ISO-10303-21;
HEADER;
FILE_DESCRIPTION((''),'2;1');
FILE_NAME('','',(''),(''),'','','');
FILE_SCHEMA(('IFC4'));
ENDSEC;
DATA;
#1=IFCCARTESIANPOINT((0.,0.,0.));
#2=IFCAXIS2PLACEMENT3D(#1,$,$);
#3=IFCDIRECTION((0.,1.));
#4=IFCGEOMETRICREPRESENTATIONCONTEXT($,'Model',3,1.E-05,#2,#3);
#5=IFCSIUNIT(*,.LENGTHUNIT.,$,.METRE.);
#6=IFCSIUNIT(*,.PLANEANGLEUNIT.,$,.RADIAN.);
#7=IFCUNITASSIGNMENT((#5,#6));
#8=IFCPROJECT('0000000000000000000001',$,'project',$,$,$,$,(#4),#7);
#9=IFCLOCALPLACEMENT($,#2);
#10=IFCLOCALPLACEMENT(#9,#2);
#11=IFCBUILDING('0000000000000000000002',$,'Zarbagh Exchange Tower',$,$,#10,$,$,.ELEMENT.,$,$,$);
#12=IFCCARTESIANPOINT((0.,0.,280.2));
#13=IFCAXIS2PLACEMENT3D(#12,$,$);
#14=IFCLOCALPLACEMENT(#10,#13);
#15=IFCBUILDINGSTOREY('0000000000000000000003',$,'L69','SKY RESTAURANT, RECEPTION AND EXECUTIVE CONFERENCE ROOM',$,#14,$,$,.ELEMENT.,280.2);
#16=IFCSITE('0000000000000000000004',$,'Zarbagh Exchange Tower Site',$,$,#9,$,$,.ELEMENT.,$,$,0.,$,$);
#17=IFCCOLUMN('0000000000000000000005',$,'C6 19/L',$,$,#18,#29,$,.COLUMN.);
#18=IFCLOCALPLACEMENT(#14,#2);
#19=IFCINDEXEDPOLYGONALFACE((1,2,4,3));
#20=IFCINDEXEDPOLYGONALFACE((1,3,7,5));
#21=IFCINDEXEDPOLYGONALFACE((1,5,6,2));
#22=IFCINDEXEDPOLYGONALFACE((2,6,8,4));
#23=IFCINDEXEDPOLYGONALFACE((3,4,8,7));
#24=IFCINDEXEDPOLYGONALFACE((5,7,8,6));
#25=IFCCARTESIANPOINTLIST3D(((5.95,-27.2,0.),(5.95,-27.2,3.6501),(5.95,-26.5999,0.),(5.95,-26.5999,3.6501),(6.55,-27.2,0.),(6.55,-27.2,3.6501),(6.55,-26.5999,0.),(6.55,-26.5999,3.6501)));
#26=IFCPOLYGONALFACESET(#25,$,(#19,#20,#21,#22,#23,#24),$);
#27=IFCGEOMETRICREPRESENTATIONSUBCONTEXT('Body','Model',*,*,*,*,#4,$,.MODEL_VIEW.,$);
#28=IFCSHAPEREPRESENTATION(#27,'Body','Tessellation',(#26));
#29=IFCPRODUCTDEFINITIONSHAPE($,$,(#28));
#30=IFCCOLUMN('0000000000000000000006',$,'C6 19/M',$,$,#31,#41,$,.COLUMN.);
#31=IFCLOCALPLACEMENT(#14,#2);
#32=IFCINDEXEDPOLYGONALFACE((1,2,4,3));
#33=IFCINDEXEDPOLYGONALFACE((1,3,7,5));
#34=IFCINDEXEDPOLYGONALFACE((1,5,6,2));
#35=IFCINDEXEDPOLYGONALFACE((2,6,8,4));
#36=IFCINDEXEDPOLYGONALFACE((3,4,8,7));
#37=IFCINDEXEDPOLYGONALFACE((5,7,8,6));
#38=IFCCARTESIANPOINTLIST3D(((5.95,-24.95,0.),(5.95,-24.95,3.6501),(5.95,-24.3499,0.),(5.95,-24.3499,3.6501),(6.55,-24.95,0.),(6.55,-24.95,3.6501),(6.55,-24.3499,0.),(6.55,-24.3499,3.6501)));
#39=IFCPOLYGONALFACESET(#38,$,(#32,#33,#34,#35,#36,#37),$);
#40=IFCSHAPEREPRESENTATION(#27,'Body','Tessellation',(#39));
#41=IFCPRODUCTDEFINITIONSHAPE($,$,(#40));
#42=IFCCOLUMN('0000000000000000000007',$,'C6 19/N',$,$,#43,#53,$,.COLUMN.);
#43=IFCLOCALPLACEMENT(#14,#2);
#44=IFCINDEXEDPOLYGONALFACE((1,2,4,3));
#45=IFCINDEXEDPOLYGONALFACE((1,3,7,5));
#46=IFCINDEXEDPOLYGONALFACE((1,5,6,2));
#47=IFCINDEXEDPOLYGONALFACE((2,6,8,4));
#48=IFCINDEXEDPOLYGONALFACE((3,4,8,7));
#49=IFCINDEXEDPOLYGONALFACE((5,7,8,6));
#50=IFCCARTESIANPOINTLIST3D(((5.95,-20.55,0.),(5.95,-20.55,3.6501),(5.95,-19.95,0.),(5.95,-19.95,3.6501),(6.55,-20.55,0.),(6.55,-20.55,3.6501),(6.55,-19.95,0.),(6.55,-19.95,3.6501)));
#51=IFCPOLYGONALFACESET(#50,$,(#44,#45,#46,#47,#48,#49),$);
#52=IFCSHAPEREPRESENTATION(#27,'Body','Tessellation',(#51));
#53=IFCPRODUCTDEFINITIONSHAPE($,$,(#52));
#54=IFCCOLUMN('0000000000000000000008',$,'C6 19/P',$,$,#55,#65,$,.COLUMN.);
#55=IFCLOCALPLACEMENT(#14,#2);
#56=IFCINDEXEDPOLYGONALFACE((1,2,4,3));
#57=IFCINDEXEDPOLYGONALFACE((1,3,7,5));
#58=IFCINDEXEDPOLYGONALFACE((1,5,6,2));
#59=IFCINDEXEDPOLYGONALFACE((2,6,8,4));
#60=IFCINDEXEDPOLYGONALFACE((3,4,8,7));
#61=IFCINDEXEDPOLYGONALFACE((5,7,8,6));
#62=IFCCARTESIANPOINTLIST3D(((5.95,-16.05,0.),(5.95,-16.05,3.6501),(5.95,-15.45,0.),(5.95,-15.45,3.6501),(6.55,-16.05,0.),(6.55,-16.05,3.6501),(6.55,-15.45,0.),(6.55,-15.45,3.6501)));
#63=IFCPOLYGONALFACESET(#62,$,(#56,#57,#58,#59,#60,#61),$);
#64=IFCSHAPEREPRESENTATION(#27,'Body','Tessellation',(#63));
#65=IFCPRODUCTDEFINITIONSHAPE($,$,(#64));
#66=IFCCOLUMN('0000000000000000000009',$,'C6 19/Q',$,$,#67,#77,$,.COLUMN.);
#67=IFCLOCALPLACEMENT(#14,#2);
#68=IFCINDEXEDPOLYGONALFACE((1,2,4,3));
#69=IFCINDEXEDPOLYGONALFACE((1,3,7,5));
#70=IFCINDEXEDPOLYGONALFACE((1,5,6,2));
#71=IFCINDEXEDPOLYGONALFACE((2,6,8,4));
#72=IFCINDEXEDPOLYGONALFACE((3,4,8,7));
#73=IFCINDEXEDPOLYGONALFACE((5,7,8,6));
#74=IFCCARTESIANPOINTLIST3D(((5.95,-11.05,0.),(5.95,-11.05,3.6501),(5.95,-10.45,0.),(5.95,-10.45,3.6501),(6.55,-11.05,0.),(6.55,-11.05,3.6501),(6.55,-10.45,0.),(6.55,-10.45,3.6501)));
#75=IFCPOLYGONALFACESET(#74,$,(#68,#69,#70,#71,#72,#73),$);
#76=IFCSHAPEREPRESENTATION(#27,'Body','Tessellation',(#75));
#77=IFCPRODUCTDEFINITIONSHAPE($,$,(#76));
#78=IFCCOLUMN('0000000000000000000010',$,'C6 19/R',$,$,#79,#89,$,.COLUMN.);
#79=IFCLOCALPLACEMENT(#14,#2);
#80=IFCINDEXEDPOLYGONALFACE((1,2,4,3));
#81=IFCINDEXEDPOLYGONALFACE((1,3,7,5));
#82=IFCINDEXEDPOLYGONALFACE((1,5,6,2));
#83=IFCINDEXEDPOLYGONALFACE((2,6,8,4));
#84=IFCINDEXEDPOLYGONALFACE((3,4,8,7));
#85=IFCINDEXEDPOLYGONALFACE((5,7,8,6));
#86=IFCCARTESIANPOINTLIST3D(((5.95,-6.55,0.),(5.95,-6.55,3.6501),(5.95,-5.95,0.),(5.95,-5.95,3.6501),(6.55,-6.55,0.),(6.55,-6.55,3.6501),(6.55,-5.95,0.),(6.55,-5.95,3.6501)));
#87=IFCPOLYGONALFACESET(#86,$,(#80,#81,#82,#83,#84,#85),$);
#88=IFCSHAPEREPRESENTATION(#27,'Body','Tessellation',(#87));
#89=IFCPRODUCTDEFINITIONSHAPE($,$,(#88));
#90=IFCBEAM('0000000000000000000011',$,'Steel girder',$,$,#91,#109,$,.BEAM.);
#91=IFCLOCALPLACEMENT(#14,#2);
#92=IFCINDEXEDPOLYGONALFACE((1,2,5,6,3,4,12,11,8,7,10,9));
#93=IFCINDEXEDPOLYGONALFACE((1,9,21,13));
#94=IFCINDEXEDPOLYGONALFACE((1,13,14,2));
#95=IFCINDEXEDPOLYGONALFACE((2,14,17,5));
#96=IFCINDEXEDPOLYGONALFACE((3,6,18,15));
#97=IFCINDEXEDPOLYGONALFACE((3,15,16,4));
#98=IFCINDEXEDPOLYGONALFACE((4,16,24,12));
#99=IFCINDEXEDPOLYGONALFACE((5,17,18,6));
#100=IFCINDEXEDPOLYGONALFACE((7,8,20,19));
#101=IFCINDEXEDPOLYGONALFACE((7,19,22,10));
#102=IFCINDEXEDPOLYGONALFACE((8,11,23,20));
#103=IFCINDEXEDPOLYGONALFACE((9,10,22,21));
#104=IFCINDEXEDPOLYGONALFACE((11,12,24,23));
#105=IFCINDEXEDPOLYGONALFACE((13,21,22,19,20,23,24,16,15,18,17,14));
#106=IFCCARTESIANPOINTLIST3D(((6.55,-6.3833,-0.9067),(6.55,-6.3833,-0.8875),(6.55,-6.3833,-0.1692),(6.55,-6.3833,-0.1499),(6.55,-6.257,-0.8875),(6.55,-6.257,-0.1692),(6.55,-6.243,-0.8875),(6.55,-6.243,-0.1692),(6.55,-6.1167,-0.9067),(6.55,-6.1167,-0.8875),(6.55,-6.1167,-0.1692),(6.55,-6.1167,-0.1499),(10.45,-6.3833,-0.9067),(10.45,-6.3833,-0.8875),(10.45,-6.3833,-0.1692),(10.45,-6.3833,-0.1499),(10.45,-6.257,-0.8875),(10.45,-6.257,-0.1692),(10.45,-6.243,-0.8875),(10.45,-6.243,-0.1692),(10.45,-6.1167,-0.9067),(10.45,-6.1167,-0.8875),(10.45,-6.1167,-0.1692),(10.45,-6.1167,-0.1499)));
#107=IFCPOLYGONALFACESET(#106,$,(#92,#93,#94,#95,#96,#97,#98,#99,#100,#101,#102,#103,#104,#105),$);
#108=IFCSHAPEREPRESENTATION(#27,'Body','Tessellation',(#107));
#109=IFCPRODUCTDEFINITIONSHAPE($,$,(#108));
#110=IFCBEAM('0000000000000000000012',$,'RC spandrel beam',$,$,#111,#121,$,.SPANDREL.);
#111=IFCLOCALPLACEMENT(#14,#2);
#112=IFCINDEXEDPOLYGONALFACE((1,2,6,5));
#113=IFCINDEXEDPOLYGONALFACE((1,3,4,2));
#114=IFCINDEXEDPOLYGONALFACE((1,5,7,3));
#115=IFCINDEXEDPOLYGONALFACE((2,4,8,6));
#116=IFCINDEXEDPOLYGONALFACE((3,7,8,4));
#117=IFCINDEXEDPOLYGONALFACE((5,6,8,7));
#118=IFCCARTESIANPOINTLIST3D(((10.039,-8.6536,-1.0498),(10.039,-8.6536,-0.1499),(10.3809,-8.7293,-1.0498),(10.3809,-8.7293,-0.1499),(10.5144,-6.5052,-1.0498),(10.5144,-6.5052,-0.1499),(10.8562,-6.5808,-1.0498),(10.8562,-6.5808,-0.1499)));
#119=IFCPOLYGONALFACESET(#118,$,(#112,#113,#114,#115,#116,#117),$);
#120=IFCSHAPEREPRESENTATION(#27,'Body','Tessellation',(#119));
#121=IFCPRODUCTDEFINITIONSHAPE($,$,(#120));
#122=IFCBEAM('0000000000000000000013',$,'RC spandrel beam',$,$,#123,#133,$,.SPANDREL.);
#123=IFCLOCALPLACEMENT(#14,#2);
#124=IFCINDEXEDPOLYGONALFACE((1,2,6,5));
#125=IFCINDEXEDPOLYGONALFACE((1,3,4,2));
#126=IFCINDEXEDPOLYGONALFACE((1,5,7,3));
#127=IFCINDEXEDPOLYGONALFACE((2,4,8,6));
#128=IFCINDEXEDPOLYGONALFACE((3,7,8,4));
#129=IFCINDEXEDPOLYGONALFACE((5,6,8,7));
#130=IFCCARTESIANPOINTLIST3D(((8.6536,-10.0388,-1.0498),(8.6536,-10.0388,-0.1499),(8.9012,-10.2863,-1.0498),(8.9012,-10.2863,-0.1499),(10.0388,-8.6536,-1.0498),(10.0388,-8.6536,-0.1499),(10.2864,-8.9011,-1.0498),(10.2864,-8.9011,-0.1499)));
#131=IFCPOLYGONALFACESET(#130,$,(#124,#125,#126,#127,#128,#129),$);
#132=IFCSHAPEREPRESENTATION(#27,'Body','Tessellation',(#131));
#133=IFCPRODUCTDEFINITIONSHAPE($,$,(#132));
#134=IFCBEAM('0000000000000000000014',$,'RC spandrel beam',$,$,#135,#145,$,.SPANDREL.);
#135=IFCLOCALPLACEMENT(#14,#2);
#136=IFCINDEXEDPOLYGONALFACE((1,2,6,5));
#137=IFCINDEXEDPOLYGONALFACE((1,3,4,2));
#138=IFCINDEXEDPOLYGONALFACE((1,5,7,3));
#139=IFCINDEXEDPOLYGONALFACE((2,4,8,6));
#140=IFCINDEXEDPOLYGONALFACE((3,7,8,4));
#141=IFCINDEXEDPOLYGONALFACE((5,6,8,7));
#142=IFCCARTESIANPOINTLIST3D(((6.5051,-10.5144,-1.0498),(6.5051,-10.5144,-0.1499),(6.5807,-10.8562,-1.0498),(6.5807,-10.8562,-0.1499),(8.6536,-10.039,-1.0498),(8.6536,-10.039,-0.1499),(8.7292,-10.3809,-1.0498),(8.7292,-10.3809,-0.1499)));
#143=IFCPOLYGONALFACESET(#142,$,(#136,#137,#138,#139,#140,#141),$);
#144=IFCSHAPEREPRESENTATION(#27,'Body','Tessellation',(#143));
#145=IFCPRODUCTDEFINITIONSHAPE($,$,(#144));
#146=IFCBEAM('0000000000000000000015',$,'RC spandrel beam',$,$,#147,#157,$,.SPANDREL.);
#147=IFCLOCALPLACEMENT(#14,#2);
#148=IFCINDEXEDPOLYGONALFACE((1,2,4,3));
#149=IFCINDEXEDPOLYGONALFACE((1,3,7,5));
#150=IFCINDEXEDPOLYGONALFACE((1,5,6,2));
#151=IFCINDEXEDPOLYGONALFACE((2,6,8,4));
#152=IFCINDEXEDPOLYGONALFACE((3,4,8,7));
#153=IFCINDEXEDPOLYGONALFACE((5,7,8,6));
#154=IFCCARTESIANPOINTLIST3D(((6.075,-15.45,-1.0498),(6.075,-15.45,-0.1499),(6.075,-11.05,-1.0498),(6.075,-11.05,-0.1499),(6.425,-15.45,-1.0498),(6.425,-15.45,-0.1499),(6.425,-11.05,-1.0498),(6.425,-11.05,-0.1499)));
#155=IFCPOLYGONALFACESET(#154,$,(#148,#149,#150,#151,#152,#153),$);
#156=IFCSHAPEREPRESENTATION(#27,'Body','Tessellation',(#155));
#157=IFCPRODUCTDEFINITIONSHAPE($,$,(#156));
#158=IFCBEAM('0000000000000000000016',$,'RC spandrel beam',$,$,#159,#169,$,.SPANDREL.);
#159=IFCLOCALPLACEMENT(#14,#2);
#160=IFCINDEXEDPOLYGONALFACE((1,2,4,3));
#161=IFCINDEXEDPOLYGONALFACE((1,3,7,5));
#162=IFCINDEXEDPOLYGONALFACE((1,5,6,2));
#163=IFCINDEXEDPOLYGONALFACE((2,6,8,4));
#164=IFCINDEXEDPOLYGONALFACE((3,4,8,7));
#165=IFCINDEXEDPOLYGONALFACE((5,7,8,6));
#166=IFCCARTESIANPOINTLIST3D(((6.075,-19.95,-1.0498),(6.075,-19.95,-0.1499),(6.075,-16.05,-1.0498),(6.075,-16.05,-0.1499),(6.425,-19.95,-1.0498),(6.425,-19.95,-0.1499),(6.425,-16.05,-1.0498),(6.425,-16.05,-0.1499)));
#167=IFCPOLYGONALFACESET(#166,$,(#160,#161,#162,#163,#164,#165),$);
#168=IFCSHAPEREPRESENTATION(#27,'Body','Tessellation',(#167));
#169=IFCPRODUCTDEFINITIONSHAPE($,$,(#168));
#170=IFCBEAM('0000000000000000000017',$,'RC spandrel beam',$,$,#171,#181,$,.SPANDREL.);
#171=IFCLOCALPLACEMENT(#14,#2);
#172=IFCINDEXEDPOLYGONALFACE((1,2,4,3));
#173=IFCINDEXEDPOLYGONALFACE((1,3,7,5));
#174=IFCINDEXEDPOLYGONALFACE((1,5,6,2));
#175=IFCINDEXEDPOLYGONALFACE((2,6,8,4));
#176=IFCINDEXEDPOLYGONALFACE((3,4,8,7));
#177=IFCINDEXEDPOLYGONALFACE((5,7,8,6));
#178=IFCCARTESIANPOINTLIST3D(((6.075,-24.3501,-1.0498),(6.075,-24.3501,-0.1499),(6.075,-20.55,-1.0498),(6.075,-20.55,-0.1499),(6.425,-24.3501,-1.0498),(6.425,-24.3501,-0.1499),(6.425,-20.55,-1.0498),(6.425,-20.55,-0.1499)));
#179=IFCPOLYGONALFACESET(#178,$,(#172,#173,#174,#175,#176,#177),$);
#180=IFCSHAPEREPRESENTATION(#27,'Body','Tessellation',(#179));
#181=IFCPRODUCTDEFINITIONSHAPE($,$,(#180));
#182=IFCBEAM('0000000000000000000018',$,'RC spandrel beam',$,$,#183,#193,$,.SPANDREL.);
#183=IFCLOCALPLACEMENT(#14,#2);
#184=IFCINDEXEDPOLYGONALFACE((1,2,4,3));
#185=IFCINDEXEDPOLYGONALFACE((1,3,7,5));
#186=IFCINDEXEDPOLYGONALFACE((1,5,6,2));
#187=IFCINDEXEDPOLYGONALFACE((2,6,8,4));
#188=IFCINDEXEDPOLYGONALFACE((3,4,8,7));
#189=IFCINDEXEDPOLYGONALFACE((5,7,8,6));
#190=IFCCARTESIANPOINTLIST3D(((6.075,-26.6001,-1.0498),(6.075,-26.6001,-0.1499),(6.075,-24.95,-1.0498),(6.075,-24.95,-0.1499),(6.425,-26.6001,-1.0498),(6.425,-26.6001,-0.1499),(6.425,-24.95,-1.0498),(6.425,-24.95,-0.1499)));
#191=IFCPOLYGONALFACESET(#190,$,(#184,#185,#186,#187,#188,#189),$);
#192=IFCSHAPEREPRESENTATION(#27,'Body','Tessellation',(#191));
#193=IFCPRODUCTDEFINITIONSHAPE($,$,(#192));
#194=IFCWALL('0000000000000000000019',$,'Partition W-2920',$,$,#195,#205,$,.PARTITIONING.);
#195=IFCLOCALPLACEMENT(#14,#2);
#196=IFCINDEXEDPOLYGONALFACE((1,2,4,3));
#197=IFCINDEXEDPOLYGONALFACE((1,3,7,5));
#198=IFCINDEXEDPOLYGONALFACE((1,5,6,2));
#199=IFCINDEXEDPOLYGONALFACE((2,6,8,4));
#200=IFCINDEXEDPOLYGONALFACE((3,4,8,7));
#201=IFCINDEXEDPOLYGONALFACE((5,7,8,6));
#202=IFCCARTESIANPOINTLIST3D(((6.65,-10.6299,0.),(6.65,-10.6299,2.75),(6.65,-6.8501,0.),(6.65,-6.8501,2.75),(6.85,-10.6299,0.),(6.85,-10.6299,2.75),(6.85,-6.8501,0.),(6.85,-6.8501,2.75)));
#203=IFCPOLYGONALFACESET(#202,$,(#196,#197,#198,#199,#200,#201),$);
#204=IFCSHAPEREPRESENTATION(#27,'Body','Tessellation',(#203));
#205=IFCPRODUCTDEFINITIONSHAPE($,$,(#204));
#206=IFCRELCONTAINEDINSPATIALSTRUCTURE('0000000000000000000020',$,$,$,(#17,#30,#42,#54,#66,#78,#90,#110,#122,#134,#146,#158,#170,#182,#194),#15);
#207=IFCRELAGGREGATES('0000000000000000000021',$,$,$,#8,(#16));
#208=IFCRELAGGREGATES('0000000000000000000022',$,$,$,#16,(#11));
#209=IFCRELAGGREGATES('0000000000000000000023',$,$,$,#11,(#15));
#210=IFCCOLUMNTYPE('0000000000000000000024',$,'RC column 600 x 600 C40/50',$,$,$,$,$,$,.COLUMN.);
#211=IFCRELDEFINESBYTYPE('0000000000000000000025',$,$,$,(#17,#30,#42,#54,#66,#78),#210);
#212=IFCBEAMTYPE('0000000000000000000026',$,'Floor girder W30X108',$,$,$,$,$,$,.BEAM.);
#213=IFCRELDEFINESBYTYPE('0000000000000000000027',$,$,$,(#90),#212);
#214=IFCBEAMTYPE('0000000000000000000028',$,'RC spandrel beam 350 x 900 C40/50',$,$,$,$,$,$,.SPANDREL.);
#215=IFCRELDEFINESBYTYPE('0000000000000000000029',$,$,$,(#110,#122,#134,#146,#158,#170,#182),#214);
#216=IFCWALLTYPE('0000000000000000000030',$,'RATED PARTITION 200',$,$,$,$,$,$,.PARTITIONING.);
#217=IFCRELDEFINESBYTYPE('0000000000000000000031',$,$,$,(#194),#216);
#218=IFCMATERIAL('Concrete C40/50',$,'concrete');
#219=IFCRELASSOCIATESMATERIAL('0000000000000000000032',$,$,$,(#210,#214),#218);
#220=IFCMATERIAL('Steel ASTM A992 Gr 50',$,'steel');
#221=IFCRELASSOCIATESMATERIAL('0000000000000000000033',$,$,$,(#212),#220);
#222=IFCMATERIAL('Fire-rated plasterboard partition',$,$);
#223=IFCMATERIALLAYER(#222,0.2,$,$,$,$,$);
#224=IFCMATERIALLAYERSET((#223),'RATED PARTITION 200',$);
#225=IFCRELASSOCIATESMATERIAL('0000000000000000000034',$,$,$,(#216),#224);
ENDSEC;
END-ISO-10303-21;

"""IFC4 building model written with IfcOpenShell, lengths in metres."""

from ifc_helpers import new_model, si_unit, direction, frame, frame_2d, origin, origin_2d, place, context, subcontext, project, spatial, rectangle, i_section, extrude, material, layer, layer_set, material_profile, profile_set, type_object, element, save


model = new_model("IFC4")

# Units and contexts
model_context = context("Model", 3, precision=1e-05, world=origin(), true_north=direction((0.0, 1.0)))
body_context = subcontext(model_context, "Body", "Model", "MODEL_VIEW")
ifc_project = project(units=[si_unit("LENGTHUNIT", "METRE"), si_unit("PLANEANGLEUNIT", "RADIAN")], contexts=[model_context])

# Site, building, storey
site_placement = place(None, origin())
site = spatial("IfcSite", under=ifc_project, at=site_placement, Name="Zarbagh Exchange Tower Site", CompositionType="ELEMENT", RefElevation=0.0)
building_placement = place(site_placement, origin())
building = spatial("IfcBuilding", under=site, at=building_placement, Name="Zarbagh Exchange Tower", CompositionType="ELEMENT")
storey_placement = place(building_placement, frame((0.0, 0.0, 280.2)))
storey = spatial("IfcBuildingStorey", under=building, at=storey_placement, Name="L69", Description="SKY RESTAURANT, RECEPTION AND EXECUTIVE CONFERENCE ROOM", CompositionType="ELEMENT", Elevation=280.2)

# Columns
ifc_material_1 = material(Name="Concrete C40/50", Category="concrete")
ifc_material_profile_1 = material_profile(ifc_material_1, rectangle(XDim=0.6001, YDim=0.6001, at=origin_2d()), Name="RC column 600 x 600 C40/50")
ifc_profile_set_1 = profile_set([ifc_material_profile_1], Name="Concrete C40/50")
column_type = type_object("IfcColumnType", Name="RC column 600 x 600 C40/50", PredefinedType="COLUMN", material=ifc_profile_set_1)
for number, where, z_axis, x_axis, name in (
    (1, (6.25, -26.8999, 0.0), (0.0, 0.0, 1.0), (1.0, 0.0, 0.0), "C6 19/L"),
    (2, (6.25, -24.6499, 0.0), (0.0, 0.0, 1.0), (1.0, 0.0, 0.0), "C6 19/M"),
    (3, (6.25, -20.25, 0.0), (0.0, 0.0, 1.0), (1.0, 0.0, 0.0), "C6 19/N"),
    (4, (6.25, -15.75, 0.0), (0.0, 0.0, 1.0), (1.0, 0.0, 0.0), "C6 19/P"),
    (5, (6.25, -10.75, 0.0), (0.0, 0.0, 1.0), (1.0, 0.0, 0.0), "C6 19/Q"),
    (6, (6.25, -6.25, 0.0), (0.0, 0.0, 1.0), (1.0, 0.0, 0.0), "C6 19/R"),
):
    element("IfcColumn", number, at=place(storey_placement, frame(where, z_axis=z_axis, x_axis=x_axis)), inside=storey, type_object=column_type, Name=name, PredefinedType="COLUMN", context=body_context, shape_type="SweptSolid", body=[
        extrude(rectangle(XDim=0.6001, YDim=0.6001, at=origin_2d()), origin(), (0.0, 0.0, 1.0), 3.6501),
    ])

# Beams
ifc_material_2 = material(Name="Steel ASTM A992 Gr 50", Category="steel")
ifc_material_profile_2 = material_profile(ifc_material_2, i_section(OverallWidth=0.2666, OverallDepth=0.7568, WebThickness=0.0139, FlangeThickness=0.0193, at=origin_2d()), Name="W30X108")
ifc_profile_set_2 = profile_set([ifc_material_profile_2], Name="Steel ASTM A992 Gr 50")
beam_type_1 = type_object("IfcBeamType", Name="Floor girder W30X108", PredefinedType="BEAM", material=ifc_profile_set_2)
beam_1_placement = place(storey_placement, frame((6.55, -6.25, -0.5283), z_axis=(1.0, 0.0, 0.0), x_axis=(0.0, 1.0, 0.0)))
element("IfcBeam", 7, at=beam_1_placement, inside=storey, type_object=beam_type_1, Name="Steel girder", PredefinedType="BEAM", context=body_context, shape_type="SweptSolid", body=[
    extrude(i_section(OverallWidth=0.2666, OverallDepth=0.7568, WebThickness=0.0139, FlangeThickness=0.0193, at=origin_2d()), origin(), (0.0, 0.0, 1.0), 3.8999),
])
ifc_material_profile_3 = material_profile(ifc_material_1, rectangle(XDim=0.3501, YDim=0.8999, at=origin_2d()), Name="RC spandrel beam 350 x 900 C40/50")
ifc_profile_set_3 = profile_set([ifc_material_profile_3], Name="Concrete C40/50")
beam_type_2 = type_object("IfcBeamType", Name="RC spandrel beam 350 x 900 C40/50", PredefinedType="SPANDREL", material=ifc_profile_set_3)
beam_2_placement = place(storey_placement, frame((10.6853, -6.543, -0.5999), z_axis=(-0.216026, -0.976388, 0.0), x_axis=(0.976388, -0.216026, 0.0)))
element("IfcBeam", 8, at=beam_2_placement, inside=storey, type_object=beam_type_2, Name="RC spandrel beam", PredefinedType="SPANDREL", context=body_context, shape_type="SweptSolid", body=[
    extrude(rectangle(XDim=0.3501, YDim=0.8999, at=origin_2d()), origin(), (0.0, 0.0, 1.0), 2.2004),
])
beam_3_placement = place(storey_placement, frame((10.1626, -8.7773, -0.5999), z_axis=(-0.707107, -0.707107, 0.0), x_axis=(0.707107, -0.707107, 0.0)))
element("IfcBeam", 9, at=beam_3_placement, inside=storey, type_object=beam_type_2, Name="RC spandrel beam", PredefinedType="SPANDREL", context=body_context, shape_type="SweptSolid", body=[
    extrude(rectangle(XDim=0.3501, YDim=0.8999, at=origin_2d()), origin(), (0.0, 0.0, 1.0), 1.959),
])
beam_4_placement = place(storey_placement, frame((8.6914, -10.21, -0.5999), z_axis=(-0.976388, -0.216026, 0.0), x_axis=(0.216026, -0.976388, 0.0)))
element("IfcBeam", 10, at=beam_4_placement, inside=storey, type_object=beam_type_2, Name="RC spandrel beam", PredefinedType="SPANDREL", context=body_context, shape_type="SweptSolid", body=[
    extrude(rectangle(XDim=0.3501, YDim=0.8999, at=origin_2d()), origin(), (0.0, 0.0, 1.0), 2.2004),
])
beam_5_placement = place(storey_placement, frame((6.25, -11.05, -0.5999), z_axis=(0.0, -1.0, 0.0), x_axis=(1.0, 0.0, 0.0)))
element("IfcBeam", 11, at=beam_5_placement, inside=storey, type_object=beam_type_2, Name="RC spandrel beam", PredefinedType="SPANDREL", context=body_context, shape_type="SweptSolid", body=[
    extrude(rectangle(XDim=0.3501, YDim=0.8999, at=origin_2d()), origin(), (0.0, 0.0, 1.0), 4.3999),
])
beam_6_placement = place(storey_placement, frame((6.25, -16.05, -0.5999), z_axis=(0.0, -1.0, 0.0), x_axis=(1.0, 0.0, 0.0)))
element("IfcBeam", 12, at=beam_6_placement, inside=storey, type_object=beam_type_2, Name="RC spandrel beam", PredefinedType="SPANDREL", context=body_context, shape_type="SweptSolid", body=[
    extrude(rectangle(XDim=0.3501, YDim=0.8999, at=origin_2d()), origin(), (0.0, 0.0, 1.0), 3.8999),
])
beam_7_placement = place(storey_placement, frame((6.25, -20.55, -0.5999), z_axis=(0.0, -1.0, 0.0), x_axis=(1.0, 0.0, 0.0)))
element("IfcBeam", 13, at=beam_7_placement, inside=storey, type_object=beam_type_2, Name="RC spandrel beam", PredefinedType="SPANDREL", context=body_context, shape_type="SweptSolid", body=[
    extrude(rectangle(XDim=0.3501, YDim=0.8999, at=origin_2d()), origin(), (0.0, 0.0, 1.0), 3.8),
])
beam_8_placement = place(storey_placement, frame((6.25, -24.95, -0.5999), z_axis=(0.0, -1.0, 0.0), x_axis=(1.0, 0.0, 0.0)))
element("IfcBeam", 14, at=beam_8_placement, inside=storey, type_object=beam_type_2, Name="RC spandrel beam", PredefinedType="SPANDREL", context=body_context, shape_type="SweptSolid", body=[
    extrude(rectangle(XDim=0.3501, YDim=0.8999, at=origin_2d()), origin(), (0.0, 0.0, 1.0), 1.6501),
])

# Wall
ifc_material_3 = material(Name="Fire-rated plasterboard partition")
ifc_layer_1 = layer(ifc_material_3, 0.2)
ifc_layer_set_1 = layer_set([ifc_layer_1], Name="RATED PARTITION 200")
wall_type_1 = type_object("IfcWallType", Name="RATED PARTITION 200", PredefinedType="PARTITIONING", material=ifc_layer_set_1)
wall_1_placement = place(storey_placement, frame((6.75, -10.6299, 0.0), z_axis=(0.0, 0.0, 1.0), x_axis=(0.0, 1.0, 0.0)))
element("IfcWall", 15, at=wall_1_placement, inside=storey, type_object=wall_type_1, Name="Partition W-2920", PredefinedType="PARTITIONING", context=body_context, shape_type="SweptSolid", body=[
    extrude(rectangle(XDim=3.7798, YDim=0.2, at=frame_2d((1.8899, 0.0))), origin(), (0.0, 0.0, 1.0), 2.75),
])

save(model, "model.ifc")
